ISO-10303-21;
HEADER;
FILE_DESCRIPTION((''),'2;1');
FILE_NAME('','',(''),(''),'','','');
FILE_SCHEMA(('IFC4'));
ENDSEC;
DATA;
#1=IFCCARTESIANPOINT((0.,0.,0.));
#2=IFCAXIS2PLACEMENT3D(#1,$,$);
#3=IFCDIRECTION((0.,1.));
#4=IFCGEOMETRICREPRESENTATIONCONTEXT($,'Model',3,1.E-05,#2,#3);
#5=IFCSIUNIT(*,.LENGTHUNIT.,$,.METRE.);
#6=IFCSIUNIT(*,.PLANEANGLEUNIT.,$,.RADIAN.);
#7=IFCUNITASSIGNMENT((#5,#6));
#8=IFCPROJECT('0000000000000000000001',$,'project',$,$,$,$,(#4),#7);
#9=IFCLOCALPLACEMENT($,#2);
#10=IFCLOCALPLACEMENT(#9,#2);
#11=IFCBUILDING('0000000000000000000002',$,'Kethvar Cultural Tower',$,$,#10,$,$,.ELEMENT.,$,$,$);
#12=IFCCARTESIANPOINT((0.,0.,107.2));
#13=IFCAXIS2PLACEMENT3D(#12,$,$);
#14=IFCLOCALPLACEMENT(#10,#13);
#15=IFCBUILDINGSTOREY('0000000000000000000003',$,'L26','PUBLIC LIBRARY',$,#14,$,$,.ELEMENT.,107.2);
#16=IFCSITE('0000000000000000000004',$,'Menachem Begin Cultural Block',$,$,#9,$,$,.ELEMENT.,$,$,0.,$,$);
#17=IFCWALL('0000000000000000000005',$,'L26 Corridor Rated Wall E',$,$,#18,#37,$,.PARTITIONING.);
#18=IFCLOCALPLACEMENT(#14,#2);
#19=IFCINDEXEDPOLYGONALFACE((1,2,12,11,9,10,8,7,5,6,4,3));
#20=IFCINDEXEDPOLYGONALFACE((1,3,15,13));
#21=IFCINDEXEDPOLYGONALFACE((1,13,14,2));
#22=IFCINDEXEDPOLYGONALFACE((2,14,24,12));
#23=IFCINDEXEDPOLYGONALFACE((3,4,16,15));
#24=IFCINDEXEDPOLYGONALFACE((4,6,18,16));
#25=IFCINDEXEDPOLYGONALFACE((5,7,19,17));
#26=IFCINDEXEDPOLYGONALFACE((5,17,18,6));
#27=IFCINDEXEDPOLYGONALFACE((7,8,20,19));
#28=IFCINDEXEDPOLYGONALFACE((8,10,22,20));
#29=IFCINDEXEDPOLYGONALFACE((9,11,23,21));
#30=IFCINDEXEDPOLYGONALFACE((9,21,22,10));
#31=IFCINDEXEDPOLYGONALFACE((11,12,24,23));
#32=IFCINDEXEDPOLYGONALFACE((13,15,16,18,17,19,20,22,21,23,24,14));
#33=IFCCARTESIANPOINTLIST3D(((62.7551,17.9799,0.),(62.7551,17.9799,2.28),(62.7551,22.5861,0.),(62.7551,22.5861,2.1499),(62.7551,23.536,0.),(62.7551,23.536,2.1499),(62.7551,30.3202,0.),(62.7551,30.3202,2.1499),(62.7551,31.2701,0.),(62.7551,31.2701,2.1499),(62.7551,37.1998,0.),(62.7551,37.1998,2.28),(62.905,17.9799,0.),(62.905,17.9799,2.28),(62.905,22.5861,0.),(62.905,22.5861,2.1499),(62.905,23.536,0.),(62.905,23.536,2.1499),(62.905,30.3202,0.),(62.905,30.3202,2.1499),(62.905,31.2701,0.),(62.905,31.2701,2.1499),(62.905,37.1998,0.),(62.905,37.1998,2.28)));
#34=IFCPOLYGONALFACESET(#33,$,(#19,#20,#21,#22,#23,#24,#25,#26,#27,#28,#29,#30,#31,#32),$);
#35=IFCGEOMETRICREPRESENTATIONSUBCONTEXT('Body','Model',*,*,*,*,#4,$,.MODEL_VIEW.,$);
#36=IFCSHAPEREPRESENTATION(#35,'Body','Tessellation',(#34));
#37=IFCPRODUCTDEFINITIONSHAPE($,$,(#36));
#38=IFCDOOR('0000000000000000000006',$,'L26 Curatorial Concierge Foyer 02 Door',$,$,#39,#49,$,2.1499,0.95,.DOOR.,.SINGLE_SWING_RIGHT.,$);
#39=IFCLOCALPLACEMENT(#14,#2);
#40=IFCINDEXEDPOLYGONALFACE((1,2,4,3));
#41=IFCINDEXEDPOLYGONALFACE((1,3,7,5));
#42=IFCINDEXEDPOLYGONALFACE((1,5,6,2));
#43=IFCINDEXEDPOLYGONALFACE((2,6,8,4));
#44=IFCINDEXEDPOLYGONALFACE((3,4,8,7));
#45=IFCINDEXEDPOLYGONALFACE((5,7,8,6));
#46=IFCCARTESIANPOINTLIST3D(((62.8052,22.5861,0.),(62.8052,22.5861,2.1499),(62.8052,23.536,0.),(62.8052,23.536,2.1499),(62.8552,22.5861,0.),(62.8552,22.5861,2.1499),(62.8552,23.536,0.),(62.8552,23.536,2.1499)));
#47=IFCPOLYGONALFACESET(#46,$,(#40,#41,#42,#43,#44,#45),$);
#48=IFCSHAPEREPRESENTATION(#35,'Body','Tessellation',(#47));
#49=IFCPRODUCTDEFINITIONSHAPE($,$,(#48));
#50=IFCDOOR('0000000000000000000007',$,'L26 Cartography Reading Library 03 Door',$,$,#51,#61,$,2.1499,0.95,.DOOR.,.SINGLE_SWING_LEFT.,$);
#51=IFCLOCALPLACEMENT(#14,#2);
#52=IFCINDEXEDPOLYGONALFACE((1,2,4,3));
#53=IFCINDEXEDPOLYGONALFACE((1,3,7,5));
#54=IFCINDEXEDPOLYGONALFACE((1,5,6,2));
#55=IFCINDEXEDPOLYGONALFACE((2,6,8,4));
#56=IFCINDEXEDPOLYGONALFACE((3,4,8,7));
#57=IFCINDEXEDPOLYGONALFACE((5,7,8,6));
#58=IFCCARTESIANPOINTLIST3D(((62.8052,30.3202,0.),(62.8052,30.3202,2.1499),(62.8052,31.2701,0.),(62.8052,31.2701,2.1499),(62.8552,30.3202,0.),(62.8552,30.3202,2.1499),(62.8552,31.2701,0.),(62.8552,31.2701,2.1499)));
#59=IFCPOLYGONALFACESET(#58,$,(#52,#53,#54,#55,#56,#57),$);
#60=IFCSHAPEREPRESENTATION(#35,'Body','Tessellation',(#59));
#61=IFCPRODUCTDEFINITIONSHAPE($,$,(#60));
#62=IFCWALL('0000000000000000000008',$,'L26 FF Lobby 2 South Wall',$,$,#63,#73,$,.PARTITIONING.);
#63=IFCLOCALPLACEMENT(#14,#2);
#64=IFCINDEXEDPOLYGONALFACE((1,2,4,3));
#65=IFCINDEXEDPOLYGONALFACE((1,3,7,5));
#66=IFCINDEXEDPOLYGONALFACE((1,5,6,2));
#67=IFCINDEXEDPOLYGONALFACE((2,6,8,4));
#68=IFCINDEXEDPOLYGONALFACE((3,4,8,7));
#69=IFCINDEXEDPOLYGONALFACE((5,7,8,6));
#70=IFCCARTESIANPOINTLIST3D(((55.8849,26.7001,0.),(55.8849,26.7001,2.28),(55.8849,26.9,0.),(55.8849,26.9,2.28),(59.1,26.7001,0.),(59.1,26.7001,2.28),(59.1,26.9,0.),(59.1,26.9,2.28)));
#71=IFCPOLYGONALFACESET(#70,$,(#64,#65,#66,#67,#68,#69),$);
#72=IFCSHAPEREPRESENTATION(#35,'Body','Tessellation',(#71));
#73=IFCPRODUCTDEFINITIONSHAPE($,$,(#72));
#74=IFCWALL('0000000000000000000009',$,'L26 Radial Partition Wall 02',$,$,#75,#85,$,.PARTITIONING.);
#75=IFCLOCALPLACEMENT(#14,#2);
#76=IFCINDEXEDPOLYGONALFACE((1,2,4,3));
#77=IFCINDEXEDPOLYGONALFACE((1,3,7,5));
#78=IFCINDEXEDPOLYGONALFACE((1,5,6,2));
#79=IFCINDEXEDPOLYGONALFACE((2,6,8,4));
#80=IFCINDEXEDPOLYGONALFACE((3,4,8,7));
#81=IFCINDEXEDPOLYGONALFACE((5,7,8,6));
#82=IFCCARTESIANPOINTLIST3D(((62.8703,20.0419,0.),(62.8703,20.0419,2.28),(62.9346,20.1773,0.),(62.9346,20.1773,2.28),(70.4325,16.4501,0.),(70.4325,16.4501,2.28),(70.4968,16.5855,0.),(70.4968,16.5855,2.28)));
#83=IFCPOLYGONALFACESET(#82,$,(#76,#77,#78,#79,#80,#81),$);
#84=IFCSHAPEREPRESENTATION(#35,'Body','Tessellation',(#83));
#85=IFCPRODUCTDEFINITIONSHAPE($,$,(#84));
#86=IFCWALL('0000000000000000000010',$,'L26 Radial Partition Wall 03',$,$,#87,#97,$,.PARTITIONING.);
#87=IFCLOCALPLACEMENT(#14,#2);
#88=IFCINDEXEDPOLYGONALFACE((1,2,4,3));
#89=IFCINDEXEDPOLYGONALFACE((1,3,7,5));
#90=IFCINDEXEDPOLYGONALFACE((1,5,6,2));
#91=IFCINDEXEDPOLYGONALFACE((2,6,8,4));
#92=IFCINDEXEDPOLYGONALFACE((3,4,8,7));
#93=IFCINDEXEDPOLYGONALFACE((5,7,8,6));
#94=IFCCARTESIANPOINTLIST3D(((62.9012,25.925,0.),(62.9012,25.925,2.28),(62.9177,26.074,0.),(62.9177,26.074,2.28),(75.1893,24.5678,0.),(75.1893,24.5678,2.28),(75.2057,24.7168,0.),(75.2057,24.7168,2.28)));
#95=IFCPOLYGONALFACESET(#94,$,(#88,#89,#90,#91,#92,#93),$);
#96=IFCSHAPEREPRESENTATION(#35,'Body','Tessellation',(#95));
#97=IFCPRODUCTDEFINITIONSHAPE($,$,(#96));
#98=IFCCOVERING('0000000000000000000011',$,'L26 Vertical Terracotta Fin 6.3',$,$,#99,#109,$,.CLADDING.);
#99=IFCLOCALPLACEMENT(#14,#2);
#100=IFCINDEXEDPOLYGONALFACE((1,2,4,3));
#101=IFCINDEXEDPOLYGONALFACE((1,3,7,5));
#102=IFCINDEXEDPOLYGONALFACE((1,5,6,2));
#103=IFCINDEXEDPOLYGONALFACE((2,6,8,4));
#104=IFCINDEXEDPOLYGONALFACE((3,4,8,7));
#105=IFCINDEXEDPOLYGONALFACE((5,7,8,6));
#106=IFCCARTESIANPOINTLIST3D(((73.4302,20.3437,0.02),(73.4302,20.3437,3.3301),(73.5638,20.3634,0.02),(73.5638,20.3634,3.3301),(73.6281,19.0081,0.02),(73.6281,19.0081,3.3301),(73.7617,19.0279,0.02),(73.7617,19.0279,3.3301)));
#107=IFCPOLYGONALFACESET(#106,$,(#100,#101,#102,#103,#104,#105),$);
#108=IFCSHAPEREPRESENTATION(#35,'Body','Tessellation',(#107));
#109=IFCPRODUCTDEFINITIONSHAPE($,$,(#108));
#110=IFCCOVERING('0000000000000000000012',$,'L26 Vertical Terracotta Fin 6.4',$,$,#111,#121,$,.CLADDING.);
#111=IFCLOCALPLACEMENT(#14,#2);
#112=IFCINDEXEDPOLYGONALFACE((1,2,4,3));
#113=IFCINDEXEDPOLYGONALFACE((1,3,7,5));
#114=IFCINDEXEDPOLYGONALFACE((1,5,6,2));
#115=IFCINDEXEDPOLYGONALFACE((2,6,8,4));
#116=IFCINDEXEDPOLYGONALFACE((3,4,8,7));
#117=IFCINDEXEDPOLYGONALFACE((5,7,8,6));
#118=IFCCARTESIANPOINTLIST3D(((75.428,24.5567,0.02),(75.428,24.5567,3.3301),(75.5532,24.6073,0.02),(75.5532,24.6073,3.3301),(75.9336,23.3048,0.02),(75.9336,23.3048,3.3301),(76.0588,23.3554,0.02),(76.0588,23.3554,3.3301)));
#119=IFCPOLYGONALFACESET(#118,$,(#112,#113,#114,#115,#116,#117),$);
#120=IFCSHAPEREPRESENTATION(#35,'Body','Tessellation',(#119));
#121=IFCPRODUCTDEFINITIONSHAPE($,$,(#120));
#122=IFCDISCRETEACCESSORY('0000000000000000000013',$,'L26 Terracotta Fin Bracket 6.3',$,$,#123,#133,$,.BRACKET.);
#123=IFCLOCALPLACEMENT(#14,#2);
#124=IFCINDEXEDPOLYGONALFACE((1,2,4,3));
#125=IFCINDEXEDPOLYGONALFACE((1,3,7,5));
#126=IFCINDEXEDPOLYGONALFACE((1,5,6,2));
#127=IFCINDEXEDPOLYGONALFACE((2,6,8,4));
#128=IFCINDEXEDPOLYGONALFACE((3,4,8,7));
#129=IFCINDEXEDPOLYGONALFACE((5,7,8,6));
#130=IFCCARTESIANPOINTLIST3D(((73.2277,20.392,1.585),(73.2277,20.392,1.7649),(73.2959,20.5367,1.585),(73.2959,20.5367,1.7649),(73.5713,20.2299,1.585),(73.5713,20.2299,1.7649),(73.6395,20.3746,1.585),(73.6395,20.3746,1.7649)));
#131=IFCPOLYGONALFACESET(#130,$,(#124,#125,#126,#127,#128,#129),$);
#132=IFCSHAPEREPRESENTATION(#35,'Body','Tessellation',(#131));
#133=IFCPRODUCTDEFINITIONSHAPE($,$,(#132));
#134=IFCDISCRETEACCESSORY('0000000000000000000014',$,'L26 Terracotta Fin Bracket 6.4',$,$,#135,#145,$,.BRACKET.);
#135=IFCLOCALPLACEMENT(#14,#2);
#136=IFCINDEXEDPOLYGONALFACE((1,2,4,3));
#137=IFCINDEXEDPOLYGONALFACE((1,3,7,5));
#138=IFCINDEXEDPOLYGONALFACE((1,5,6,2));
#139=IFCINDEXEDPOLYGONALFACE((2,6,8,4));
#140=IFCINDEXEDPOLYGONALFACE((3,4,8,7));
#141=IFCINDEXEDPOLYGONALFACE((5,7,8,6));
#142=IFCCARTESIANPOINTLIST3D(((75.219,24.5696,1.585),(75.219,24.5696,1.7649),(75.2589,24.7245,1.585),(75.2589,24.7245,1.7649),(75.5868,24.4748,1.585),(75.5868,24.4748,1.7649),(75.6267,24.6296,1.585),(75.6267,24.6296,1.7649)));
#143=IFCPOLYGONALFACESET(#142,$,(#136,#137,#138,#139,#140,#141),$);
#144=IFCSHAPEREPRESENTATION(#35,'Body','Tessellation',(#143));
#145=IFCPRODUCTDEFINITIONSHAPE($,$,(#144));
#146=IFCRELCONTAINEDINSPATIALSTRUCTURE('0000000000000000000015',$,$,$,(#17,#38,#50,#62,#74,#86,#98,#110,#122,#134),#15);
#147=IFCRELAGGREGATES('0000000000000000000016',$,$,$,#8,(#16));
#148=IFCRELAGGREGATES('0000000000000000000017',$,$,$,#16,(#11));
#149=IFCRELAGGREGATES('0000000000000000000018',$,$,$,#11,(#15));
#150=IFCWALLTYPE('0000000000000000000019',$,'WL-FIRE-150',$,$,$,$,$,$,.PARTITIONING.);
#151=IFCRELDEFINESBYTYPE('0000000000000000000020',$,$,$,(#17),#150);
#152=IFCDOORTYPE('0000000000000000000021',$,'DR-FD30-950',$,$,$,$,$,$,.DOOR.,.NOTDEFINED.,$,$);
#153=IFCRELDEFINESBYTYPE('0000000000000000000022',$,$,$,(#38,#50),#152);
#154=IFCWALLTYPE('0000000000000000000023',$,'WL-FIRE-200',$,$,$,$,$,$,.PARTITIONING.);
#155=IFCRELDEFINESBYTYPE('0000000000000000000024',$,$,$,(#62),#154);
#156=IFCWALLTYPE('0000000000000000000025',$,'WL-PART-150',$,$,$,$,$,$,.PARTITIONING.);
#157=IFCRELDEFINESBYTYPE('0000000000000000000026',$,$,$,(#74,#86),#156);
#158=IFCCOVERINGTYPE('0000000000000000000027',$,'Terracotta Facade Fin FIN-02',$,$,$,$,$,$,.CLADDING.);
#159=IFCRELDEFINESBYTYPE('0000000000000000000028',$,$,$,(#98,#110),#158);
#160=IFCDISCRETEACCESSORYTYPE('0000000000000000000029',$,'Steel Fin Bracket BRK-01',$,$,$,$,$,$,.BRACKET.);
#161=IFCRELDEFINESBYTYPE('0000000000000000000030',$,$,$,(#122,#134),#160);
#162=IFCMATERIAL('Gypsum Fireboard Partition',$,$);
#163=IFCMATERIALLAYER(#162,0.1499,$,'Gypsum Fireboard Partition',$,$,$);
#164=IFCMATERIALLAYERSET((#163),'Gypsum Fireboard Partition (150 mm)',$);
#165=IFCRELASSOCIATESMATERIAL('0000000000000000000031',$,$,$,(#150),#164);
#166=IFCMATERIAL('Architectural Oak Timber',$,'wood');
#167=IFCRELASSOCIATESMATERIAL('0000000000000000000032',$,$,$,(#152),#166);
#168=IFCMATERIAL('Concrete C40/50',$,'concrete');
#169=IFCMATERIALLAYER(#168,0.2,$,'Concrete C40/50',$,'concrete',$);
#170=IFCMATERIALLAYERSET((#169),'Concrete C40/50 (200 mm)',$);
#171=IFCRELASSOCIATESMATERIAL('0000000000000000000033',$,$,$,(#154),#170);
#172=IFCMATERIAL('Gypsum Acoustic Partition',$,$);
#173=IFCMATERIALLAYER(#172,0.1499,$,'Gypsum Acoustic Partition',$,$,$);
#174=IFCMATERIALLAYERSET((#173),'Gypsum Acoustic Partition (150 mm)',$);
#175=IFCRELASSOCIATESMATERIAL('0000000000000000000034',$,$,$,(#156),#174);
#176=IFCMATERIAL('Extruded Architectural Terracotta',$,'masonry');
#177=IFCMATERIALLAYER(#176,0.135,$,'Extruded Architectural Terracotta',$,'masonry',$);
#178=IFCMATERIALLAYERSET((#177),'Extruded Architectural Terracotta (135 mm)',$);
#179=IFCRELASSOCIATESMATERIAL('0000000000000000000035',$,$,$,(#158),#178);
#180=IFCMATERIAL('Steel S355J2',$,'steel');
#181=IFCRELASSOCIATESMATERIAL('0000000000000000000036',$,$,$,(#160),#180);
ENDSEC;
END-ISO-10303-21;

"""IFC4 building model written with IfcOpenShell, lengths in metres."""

from ifc_helpers import new_model, si_unit, direction, frame, frame_2d, origin, origin_2d, place, context, subcontext, project, spatial, rectangle, extrude, source, transform, mapped, material, layer, layer_set, type_object, element, fill, save


model = new_model("IFC4")

# Units and contexts
model_context = context("Model", 3, precision=1e-05, world=origin(), true_north=direction((0.0, 1.0)))
body_context = subcontext(model_context, "Body", "Model", "MODEL_VIEW")
ifc_project = project(units=[si_unit("LENGTHUNIT", "METRE"), si_unit("PLANEANGLEUNIT", "RADIAN")], contexts=[model_context])

# Site, building, storey
site_placement = place(None, origin())
site = spatial("IfcSite", under=ifc_project, at=site_placement, Name="Menachem Begin Cultural Block", CompositionType="ELEMENT", RefElevation=0.0)
building_placement = place(site_placement, origin())
building = spatial("IfcBuilding", under=site, at=building_placement, Name="Kethvar Cultural Tower", CompositionType="ELEMENT")
storey_placement = place(building_placement, frame((0.0, 0.0, 107.2)))
storey = spatial("IfcBuildingStorey", under=building, at=storey_placement, Name="L26", Description="PUBLIC LIBRARY", CompositionType="ELEMENT", Elevation=107.2)

# Shared definitions
ifc_material_1 = material(Name="Steel S355J2", Category="steel")

# Wall, openings, doors
ifc_material_2 = material(Name="Gypsum Fireboard Partition")
ifc_layer_1 = layer(ifc_material_2, 0.1499, Name="Gypsum Fireboard Partition")
ifc_layer_set_1 = layer_set([ifc_layer_1], Name="Gypsum Fireboard Partition (150 mm)")
wall_type_1 = type_object("IfcWallType", Name="WL-FIRE-150", PredefinedType="PARTITIONING", material=ifc_layer_set_1)
wall_1_placement = place(storey_placement, frame((62.8301, 17.98, 0.0), z_axis=(0.0, 0.0, 1.0), x_axis=(0.0, 1.0, 0.0)))
wall_1 = element("IfcWall", 1, at=wall_1_placement, inside=storey, type_object=wall_type_1, Name="L26 Corridor Rated Wall E", PredefinedType="PARTITIONING", context=body_context, shape_type="SweptSolid", body=[
    extrude(rectangle(XDim=19.22, YDim=0.1499, at=frame_2d((9.6099, 0.0))), origin(), (0.0, 0.0, 1.0), 2.28),
])
opening_1_placement = place(wall_1_placement, frame((4.606, 0.0, 0.0)))
opening_1 = element("IfcOpeningElement", 2, at=opening_1_placement, cuts=wall_1, PredefinedType="OPENING", context=body_context, shape_type="SweptSolid", body=[
    extrude(rectangle(XDim=0.95, YDim=2.1499, at=frame_2d((0.4751, 1.075))), frame((0.0, 0.085, 0.0), z_axis=(0.0, -1.0, 0.0), x_axis=(1.0, 0.0, 0.0)), (0.0, 0.0, 1.0), 0.1699),
])
opening_2_placement = place(wall_1_placement, frame((12.3401, 0.0, 0.0)))
opening_2 = element("IfcOpeningElement", 3, at=opening_2_placement, cuts=wall_1, PredefinedType="OPENING", context=body_context, shape_type="SweptSolid", body=[
    extrude(rectangle(XDim=0.95, YDim=2.1499, at=frame_2d((0.4751, 1.075))), frame((0.0, 0.085, 0.0), z_axis=(0.0, -1.0, 0.0), x_axis=(1.0, 0.0, 0.0)), (0.0, 0.0, 1.0), 0.1699),
])
ifc_material_3 = material(Name="Architectural Oak Timber", Category="wood")
door_type_1 = type_object("IfcDoorType", Name="DR-FD30-950", OperationType="NOTDEFINED", PredefinedType="DOOR", material=ifc_material_3)
shared_shape_1 = source(origin(), body_context, "Body", "SweptSolid", [
    extrude(rectangle(XDim=0.95, YDim=2.1499, at=frame_2d((0.4751, 1.075))), frame((0.0, 0.0249, 0.0), z_axis=(0.0, -1.0, 0.0), x_axis=(1.0, 0.0, 0.0)), (0.0, 0.0, 1.0), 0.05),
])
door_1_placement = place(opening_1_placement, origin())
door_1 = element("IfcDoor", 4, at=door_1_placement, inside=storey, type_object=door_type_1, Name="L26 Curatorial Concierge Foyer 02 Door", OperationType="SINGLE_SWING_RIGHT", OverallHeight=2.1499, OverallWidth=0.95, PredefinedType="DOOR", context=body_context, shape_type="MappedRepresentation", body=[
    mapped(shared_shape_1, transform((0.0, 0.0, 0.0), scale=1.0)),
])
fill(opening_1, door_1)
door_2_placement = place(opening_2_placement, origin())
door_2 = element("IfcDoor", 5, at=door_2_placement, inside=storey, type_object=door_type_1, Name="L26 Cartography Reading Library 03 Door", OperationType="SINGLE_SWING_LEFT", OverallHeight=2.1499, OverallWidth=0.95, PredefinedType="DOOR", context=body_context, shape_type="MappedRepresentation", body=[
    mapped(shared_shape_1, transform((0.0, 0.0, 0.0), scale=1.0)),
])
fill(opening_2, door_2)

# Shared definitions
ifc_material_4 = material(Name="Concrete C40/50", Category="concrete")
ifc_layer_2 = layer(ifc_material_4, 0.2, Name="Concrete C40/50", Category="concrete")
ifc_layer_set_2 = layer_set([ifc_layer_2], Name="Concrete C40/50 (200 mm)")
wall_type_2 = type_object("IfcWallType", Name="WL-FIRE-200", PredefinedType="PARTITIONING", material=ifc_layer_set_2)

# Walls
wall_2_placement = place(storey_placement, frame((55.885, 26.8, 0.0), z_axis=(0.0, 0.0, 1.0), x_axis=(1.0, 0.0, 0.0)))
element("IfcWall", 6, at=wall_2_placement, inside=storey, type_object=wall_type_2, Name="L26 FF Lobby 2 South Wall", PredefinedType="PARTITIONING", context=body_context, shape_type="SweptSolid", body=[
    extrude(rectangle(XDim=3.2151, YDim=0.2, at=frame_2d((1.6074, 0.0))), origin(), (0.0, 0.0, 1.0), 2.28),
])
ifc_material_5 = material(Name="Gypsum Acoustic Partition")
ifc_layer_3 = layer(ifc_material_5, 0.1499, Name="Gypsum Acoustic Partition")
ifc_layer_set_3 = layer_set([ifc_layer_3], Name="Gypsum Acoustic Partition (150 mm)")
wall_type_3 = type_object("IfcWallType", Name="WL-PART-150", PredefinedType="PARTITIONING", material=ifc_layer_set_3)
wall_3_placement = place(storey_placement, frame((62.9023, 20.1096, 0.0), z_axis=(0.0, 0.0, 1.0), x_axis=(0.90329, -0.42903, 0.0)))
element("IfcWall", 7, at=wall_3_placement, inside=storey, type_object=wall_type_3, Name="L26 Radial Partition Wall 02", PredefinedType="PARTITIONING", context=body_context, shape_type="SweptSolid", body=[
    extrude(rectangle(XDim=8.3718, YDim=0.1499, at=frame_2d((4.186, 0.0))), origin(), (0.0, 0.0, 1.0), 2.28),
])
wall_4_placement = place(storey_placement, frame((62.9094, 25.9995, 0.0), z_axis=(0.0, 0.0, 1.0), x_axis=(0.993956, -0.109779, 0.0)))
element("IfcWall", 8, at=wall_4_placement, inside=storey, type_object=wall_type_3, Name="L26 Radial Partition Wall 03", PredefinedType="PARTITIONING", context=body_context, shape_type="SweptSolid", body=[
    extrude(rectangle(XDim=12.3628, YDim=0.1499, at=frame_2d((6.1814, 0.0))), origin(), (0.0, 0.0, 1.0), 2.28),
])

# Coverings
ifc_material_6 = material(Name="Extruded Architectural Terracotta", Category="masonry")
ifc_layer_4 = layer(ifc_material_6, 0.135, Name="Extruded Architectural Terracotta", Category="masonry")
ifc_layer_set_4 = layer_set([ifc_layer_4], Name="Extruded Architectural Terracotta (135 mm)")
covering_type = type_object("IfcCoveringType", Name="Terracotta Facade Fin FIN-02", PredefinedType="CLADDING", material=ifc_layer_set_4)
shared_shape_2 = source(origin(), body_context, "Body", "SweptSolid", [
    extrude(rectangle(XDim=1.3501, YDim=0.135, at=origin_2d()), origin(), (0.0, 0.0, 1.0), 3.3101),
])
for number, where, z_axis, x_axis, name in (
    (9, (73.5959, 19.6858, 0.02), (0.0, 0.0, 1.0), (0.146601, -0.989196, 0.0), "L26 Vertical Terracotta Fin 6.3"),
    (10, (75.7434, 23.9561, 0.02), (0.0, 0.0, 1.0), (0.374445, -0.927249, 0.0), "L26 Vertical Terracotta Fin 6.4"),
):
    element("IfcCovering", number, at=place(storey_placement, frame(where, z_axis=z_axis, x_axis=x_axis)), inside=storey, type_object=covering_type, Name=name, PredefinedType="CLADDING", context=body_context, shape_type="MappedRepresentation", body=[
        mapped(shared_shape_2, transform((0.0, 0.0, 0.0), scale=1.0)),
    ])

# Discrete accessories
discrete_accessory_type = type_object("IfcDiscreteAccessoryType", Name="Steel Fin Bracket BRK-01", PredefinedType="BRACKET", material=ifc_material_1)
shared_shape_3 = source(origin(), body_context, "Body", "SweptSolid", [
    extrude(rectangle(XDim=0.3799, YDim=0.1599, at=origin_2d()), origin(), (0.0, 0.0, 1.0), 0.1799),
])
for number, where, z_axis, x_axis, name in (
    (11, (73.4336, 20.3833, 1.585), (0.0, 0.0, 1.0), (0.904381, -0.426727, 0.0), "L26 Terracotta Fin Bracket 6.3"),
    (12, (75.4229, 24.5996, 1.585), (0.0, 0.0, 1.0), (0.968322, -0.249704, 0.0), "L26 Terracotta Fin Bracket 6.4"),
):
    element("IfcDiscreteAccessory", number, at=place(storey_placement, frame(where, z_axis=z_axis, x_axis=x_axis)), inside=storey, type_object=discrete_accessory_type, Name=name, PredefinedType="BRACKET", context=body_context, shape_type="MappedRepresentation", body=[
        mapped(shared_shape_3, transform((0.0, 0.0, 0.0), scale=1.0)),
    ])

save(model, "model.ifc")
